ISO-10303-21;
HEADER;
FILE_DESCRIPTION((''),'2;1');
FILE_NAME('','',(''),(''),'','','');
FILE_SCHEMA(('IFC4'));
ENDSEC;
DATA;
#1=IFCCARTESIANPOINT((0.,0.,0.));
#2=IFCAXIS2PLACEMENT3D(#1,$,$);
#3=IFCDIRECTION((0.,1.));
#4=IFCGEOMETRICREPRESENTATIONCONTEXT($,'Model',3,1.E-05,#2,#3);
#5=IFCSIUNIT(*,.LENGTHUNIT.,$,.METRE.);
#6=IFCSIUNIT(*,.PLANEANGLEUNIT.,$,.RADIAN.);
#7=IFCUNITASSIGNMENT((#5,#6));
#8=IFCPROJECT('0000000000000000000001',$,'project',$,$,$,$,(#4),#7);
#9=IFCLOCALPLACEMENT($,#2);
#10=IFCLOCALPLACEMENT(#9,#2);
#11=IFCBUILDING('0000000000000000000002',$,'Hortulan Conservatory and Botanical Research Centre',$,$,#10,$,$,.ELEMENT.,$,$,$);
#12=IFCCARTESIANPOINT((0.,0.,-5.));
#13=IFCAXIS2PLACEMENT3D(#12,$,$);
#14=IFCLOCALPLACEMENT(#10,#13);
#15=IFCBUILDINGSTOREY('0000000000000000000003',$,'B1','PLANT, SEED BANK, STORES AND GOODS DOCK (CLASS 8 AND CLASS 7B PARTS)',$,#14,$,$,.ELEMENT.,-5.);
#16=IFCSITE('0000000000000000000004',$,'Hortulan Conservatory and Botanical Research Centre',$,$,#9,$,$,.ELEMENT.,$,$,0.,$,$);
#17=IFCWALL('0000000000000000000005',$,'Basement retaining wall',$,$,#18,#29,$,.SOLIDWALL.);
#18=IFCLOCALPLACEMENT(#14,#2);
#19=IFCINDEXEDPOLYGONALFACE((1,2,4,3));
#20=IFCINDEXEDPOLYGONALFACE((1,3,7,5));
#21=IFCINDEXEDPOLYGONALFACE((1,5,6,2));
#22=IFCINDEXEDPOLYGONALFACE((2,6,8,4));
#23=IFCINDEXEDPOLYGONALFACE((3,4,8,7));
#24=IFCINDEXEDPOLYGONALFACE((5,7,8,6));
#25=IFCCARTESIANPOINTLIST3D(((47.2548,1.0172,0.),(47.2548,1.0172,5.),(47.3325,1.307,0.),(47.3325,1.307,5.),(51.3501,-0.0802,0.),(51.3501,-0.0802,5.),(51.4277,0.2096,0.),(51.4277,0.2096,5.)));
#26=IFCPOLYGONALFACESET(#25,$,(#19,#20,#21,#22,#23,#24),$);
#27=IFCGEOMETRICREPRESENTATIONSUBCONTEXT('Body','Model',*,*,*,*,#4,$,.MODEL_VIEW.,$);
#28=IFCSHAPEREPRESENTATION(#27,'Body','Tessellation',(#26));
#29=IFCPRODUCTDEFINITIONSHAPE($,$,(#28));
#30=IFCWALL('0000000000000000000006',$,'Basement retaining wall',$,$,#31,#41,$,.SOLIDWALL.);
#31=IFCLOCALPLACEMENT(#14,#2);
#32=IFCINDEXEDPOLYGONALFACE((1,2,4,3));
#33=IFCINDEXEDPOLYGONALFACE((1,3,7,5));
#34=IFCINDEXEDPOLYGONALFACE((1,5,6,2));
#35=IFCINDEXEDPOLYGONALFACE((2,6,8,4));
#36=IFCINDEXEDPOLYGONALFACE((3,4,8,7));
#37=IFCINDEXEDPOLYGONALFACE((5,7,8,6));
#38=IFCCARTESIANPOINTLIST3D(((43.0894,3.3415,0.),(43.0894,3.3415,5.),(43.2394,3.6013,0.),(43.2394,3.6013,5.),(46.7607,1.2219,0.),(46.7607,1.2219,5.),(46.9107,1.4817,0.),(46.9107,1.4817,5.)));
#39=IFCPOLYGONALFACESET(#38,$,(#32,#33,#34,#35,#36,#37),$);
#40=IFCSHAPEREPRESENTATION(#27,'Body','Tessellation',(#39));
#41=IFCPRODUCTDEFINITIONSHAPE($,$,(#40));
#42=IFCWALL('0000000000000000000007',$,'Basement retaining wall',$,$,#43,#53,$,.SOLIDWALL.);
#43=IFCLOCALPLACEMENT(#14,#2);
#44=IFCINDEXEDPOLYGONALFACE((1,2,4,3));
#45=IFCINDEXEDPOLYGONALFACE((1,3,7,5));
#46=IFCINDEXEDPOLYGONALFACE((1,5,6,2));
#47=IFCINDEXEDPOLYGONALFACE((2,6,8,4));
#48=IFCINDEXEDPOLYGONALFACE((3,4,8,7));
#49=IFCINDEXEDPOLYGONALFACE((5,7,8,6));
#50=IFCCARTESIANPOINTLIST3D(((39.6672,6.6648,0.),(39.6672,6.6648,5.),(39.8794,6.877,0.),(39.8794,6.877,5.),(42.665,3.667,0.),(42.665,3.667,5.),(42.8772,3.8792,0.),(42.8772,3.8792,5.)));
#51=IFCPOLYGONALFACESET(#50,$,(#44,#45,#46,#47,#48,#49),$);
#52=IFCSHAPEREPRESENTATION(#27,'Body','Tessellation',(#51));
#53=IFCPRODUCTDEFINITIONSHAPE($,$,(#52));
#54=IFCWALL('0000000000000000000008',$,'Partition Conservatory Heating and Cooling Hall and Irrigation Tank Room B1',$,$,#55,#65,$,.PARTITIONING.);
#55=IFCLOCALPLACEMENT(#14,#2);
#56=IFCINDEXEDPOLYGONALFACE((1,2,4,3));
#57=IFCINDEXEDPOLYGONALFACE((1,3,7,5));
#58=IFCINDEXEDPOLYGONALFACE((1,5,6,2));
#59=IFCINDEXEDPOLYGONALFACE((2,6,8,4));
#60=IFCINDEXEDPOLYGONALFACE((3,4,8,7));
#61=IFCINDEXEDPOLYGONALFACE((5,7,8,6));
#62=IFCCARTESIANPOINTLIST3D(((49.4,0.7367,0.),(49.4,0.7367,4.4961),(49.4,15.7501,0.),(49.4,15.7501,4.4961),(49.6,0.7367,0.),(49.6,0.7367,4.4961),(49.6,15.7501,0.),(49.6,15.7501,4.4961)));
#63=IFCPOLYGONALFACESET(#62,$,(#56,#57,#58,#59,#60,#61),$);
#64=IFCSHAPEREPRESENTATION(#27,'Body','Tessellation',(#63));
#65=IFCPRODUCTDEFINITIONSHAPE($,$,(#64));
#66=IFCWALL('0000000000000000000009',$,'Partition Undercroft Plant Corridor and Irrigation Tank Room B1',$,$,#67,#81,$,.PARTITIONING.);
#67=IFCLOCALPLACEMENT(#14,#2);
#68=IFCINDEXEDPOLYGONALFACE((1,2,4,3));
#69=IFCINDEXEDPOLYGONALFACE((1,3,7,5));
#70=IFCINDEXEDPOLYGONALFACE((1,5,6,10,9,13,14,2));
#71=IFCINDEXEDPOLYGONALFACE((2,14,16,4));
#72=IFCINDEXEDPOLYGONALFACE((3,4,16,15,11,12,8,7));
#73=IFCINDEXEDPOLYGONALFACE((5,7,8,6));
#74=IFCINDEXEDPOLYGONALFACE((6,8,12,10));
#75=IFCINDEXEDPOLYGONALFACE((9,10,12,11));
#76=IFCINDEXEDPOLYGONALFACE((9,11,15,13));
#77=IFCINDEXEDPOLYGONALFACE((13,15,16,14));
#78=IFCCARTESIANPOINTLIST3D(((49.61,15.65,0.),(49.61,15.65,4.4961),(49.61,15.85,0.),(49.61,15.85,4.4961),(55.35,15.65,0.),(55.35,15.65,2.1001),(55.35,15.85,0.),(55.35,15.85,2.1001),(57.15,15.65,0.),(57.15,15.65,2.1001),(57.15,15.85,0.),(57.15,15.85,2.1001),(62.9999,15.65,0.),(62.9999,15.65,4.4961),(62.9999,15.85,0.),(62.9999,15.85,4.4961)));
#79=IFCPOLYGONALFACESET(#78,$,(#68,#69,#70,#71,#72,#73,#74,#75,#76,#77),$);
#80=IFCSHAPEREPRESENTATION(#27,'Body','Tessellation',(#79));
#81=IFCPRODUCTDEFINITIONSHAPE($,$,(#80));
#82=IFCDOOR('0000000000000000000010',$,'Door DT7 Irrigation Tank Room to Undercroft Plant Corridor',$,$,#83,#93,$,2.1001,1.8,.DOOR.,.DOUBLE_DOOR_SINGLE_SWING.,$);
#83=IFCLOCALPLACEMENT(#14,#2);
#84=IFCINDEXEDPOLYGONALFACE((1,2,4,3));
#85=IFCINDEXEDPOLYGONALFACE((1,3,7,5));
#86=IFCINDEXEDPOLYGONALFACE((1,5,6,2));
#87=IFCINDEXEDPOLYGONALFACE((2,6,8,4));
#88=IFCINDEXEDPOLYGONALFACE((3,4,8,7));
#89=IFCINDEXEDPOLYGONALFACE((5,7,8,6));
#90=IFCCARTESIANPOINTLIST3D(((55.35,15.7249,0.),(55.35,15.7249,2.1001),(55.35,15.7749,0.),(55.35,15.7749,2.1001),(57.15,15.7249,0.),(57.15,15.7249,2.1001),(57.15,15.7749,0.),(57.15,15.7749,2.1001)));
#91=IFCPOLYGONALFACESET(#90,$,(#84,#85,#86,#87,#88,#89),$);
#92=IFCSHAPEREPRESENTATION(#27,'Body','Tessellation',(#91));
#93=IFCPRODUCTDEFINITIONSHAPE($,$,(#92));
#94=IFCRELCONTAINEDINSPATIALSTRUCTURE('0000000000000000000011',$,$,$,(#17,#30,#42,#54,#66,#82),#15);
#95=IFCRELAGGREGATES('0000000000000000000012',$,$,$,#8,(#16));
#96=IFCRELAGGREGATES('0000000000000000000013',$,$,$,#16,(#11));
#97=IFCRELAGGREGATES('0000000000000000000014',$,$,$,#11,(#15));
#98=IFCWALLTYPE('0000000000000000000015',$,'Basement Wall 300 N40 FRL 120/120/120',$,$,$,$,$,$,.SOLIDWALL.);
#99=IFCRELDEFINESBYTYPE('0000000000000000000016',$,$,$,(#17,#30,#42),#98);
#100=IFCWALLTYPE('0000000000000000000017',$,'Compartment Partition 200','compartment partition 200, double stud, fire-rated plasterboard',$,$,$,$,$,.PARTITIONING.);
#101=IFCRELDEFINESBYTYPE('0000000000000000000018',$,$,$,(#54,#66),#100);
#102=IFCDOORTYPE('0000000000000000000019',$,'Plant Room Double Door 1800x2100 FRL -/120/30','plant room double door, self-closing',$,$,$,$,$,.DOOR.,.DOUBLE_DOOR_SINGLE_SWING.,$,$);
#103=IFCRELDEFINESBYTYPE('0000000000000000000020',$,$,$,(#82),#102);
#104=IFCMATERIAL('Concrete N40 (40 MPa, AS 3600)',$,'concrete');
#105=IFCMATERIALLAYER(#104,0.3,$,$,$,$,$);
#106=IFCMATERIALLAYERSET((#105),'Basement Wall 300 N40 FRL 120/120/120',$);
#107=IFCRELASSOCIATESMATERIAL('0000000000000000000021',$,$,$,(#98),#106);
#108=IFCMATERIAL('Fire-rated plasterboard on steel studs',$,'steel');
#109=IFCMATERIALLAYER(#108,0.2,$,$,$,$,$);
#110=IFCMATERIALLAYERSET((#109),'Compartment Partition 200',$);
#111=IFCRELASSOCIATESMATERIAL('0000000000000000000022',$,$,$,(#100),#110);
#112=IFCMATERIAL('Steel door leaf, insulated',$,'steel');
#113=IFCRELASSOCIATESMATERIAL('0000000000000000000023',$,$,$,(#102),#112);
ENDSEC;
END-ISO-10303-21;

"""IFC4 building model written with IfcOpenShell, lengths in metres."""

from ifc_helpers import new_model, si_unit, direction, frame, frame_2d, origin, place, context, subcontext, project, spatial, rectangle, extrude, material, layer, layer_set, type_object, element, fill, save


model = new_model("IFC4")

# Units and contexts
model_context = context("Model", 3, precision=1e-05, world=origin(), true_north=direction((0.0, 1.0)))
body_context = subcontext(model_context, "Body", "Model", "MODEL_VIEW")
ifc_project = project(units=[si_unit("LENGTHUNIT", "METRE"), si_unit("PLANEANGLEUNIT", "RADIAN")], contexts=[model_context])

# Site, building, storey
site_placement = place(None, origin())
site = spatial("IfcSite", under=ifc_project, at=site_placement, Name="Hortulan Conservatory and Botanical Research Centre", CompositionType="ELEMENT", RefElevation=0.0)
building_placement = place(site_placement, origin())
building = spatial("IfcBuilding", under=site, at=building_placement, Name="Hortulan Conservatory and Botanical Research Centre", CompositionType="ELEMENT")
storey_placement = place(building_placement, frame((0.0, 0.0, -5.0)))
storey = spatial("IfcBuildingStorey", under=building, at=storey_placement, Name="B1", Description="PLANT, SEED BANK, STORES AND GOODS DOCK (CLASS 8 AND CLASS 7B PARTS)", CompositionType="ELEMENT", Elevation=-5.0)

# Shared definitions
ifc_material_1 = material(Name="Concrete N40 (40 MPa, AS 3600)", Category="concrete")

# Walls
ifc_layer_1 = layer(ifc_material_1, 0.3)
ifc_layer_set_1 = layer_set([ifc_layer_1], Name="Basement Wall 300 N40 FRL 120/120/120")
wall_type_1 = type_object("IfcWallType", Name="Basement Wall 300 N40 FRL 120/120/120", PredefinedType="SOLIDWALL", material=ifc_layer_set_1)
wall_1_placement = place(storey_placement, frame((51.3889, 0.0647, 0.0), z_axis=(0.0, 0.0, 1.0), x_axis=(-0.96592, 0.258842, 0.0)))
element("IfcWall", 1, at=wall_1_placement, inside=storey, type_object=wall_type_1, Name="Basement retaining wall", PredefinedType="SOLIDWALL", context=body_context, shape_type="SweptSolid", body=[
    extrude(rectangle(XDim=4.2397, YDim=0.3, at=frame_2d((2.1199, 0.0))), origin(), (0.0, 0.0, 1.0), 5.0),
])
wall_2_placement = place(storey_placement, frame((46.8357, 1.3518, 0.0), z_axis=(0.0, 0.0, 1.0), x_axis=(-0.86603, 0.499992, 0.0)))
element("IfcWall", 2, at=wall_2_placement, inside=storey, type_object=wall_type_1, Name="Basement retaining wall", PredefinedType="SOLIDWALL", context=body_context, shape_type="SweptSolid", body=[
    extrude(rectangle(XDim=4.2393, YDim=0.3, at=frame_2d((2.1196, 0.0))), origin(), (0.0, 0.0, 1.0), 5.0),
])
wall_3_placement = place(storey_placement, frame((42.771, 3.7732, 0.0), z_axis=(0.0, 0.0, 1.0), x_axis=(-0.707107, 0.707107, 0.0)))
element("IfcWall", 3, at=wall_3_placement, inside=storey, type_object=wall_type_1, Name="Basement retaining wall", PredefinedType="SOLIDWALL", context=body_context, shape_type="SweptSolid", body=[
    extrude(rectangle(XDim=4.2395, YDim=0.3, at=frame_2d((2.1196, 0.0))), origin(), (0.0, 0.0, 1.0), 5.0),
])
ifc_material_2 = material(Name="Fire-rated plasterboard on steel studs", Category="steel")
ifc_layer_2 = layer(ifc_material_2, 0.2)
ifc_layer_set_2 = layer_set([ifc_layer_2], Name="Compartment Partition 200")
wall_type_2 = type_object("IfcWallType", Name="Compartment Partition 200", Description="compartment partition 200, double stud, fire-rated plasterboard", PredefinedType="PARTITIONING", material=ifc_layer_set_2)
wall_4_placement = place(storey_placement, frame((49.5, 0.7366, 0.0), z_axis=(0.0, 0.0, 1.0), x_axis=(0.0, 1.0, 0.0)))
element("IfcWall", 4, at=wall_4_placement, inside=storey, type_object=wall_type_2, Name="Partition Conservatory Heating and Cooling Hall and Irrigation Tank Room B1", PredefinedType="PARTITIONING", context=body_context, shape_type="SweptSolid", body=[
    extrude(rectangle(XDim=15.0134, YDim=0.2, at=frame_2d((7.5068, 0.0))), origin(), (0.0, 0.0, 1.0), 4.4961),
])

# Wall, opening, door
wall_5_placement = place(storey_placement, frame((49.6101, 15.75, 0.0), z_axis=(0.0, 0.0, 1.0), x_axis=(1.0, 0.0, 0.0)))
wall_5 = element("IfcWall", 5, at=wall_5_placement, inside=storey, type_object=wall_type_2, Name="Partition Undercroft Plant Corridor and Irrigation Tank Room B1", PredefinedType="PARTITIONING", context=body_context, shape_type="SweptSolid", body=[
    extrude(rectangle(XDim=13.3899, YDim=0.2, at=frame_2d((6.6948, 0.0))), origin(), (0.0, 0.0, 1.0), 4.4961),
])
opening_placement = place(wall_5_placement, frame((5.74, 0.0, 0.0)))
opening = element("IfcOpeningElement", 6, at=opening_placement, cuts=wall_5, PredefinedType="OPENING", context=body_context, shape_type="SweptSolid", body=[
    extrude(rectangle(XDim=1.8, YDim=2.1001, at=frame_2d((0.8999, 1.05))), frame((0.0, 0.1099, 0.0), z_axis=(0.0, -1.0, 0.0), x_axis=(1.0, 0.0, 0.0)), (0.0, 0.0, 1.0), 0.22),
])
ifc_material_3 = material(Name="Steel door leaf, insulated", Category="steel")
door_type = type_object("IfcDoorType", Name="Plant Room Double Door 1800x2100 FRL -/120/30", Description="plant room double door, self-closing", OperationType="DOUBLE_DOOR_SINGLE_SWING", PredefinedType="DOOR", material=ifc_material_3)
door_placement = place(opening_placement, origin())
door = element("IfcDoor", 7, at=door_placement, inside=storey, type_object=door_type, Name="Door DT7 Irrigation Tank Room to Undercroft Plant Corridor", OperationType="DOUBLE_DOOR_SINGLE_SWING", OverallHeight=2.1001, OverallWidth=1.8, PredefinedType="DOOR", context=body_context, shape_type="SweptSolid", body=[
    extrude(rectangle(XDim=1.8, YDim=2.1001, at=frame_2d((0.8999, 1.05))), frame((0.0, 0.0249, 0.0), z_axis=(0.0, -1.0, 0.0), x_axis=(1.0, 0.0, 0.0)), (0.0, 0.0, 1.0), 0.05),
])
fill(opening, door)

save(model, "model.ifc")
